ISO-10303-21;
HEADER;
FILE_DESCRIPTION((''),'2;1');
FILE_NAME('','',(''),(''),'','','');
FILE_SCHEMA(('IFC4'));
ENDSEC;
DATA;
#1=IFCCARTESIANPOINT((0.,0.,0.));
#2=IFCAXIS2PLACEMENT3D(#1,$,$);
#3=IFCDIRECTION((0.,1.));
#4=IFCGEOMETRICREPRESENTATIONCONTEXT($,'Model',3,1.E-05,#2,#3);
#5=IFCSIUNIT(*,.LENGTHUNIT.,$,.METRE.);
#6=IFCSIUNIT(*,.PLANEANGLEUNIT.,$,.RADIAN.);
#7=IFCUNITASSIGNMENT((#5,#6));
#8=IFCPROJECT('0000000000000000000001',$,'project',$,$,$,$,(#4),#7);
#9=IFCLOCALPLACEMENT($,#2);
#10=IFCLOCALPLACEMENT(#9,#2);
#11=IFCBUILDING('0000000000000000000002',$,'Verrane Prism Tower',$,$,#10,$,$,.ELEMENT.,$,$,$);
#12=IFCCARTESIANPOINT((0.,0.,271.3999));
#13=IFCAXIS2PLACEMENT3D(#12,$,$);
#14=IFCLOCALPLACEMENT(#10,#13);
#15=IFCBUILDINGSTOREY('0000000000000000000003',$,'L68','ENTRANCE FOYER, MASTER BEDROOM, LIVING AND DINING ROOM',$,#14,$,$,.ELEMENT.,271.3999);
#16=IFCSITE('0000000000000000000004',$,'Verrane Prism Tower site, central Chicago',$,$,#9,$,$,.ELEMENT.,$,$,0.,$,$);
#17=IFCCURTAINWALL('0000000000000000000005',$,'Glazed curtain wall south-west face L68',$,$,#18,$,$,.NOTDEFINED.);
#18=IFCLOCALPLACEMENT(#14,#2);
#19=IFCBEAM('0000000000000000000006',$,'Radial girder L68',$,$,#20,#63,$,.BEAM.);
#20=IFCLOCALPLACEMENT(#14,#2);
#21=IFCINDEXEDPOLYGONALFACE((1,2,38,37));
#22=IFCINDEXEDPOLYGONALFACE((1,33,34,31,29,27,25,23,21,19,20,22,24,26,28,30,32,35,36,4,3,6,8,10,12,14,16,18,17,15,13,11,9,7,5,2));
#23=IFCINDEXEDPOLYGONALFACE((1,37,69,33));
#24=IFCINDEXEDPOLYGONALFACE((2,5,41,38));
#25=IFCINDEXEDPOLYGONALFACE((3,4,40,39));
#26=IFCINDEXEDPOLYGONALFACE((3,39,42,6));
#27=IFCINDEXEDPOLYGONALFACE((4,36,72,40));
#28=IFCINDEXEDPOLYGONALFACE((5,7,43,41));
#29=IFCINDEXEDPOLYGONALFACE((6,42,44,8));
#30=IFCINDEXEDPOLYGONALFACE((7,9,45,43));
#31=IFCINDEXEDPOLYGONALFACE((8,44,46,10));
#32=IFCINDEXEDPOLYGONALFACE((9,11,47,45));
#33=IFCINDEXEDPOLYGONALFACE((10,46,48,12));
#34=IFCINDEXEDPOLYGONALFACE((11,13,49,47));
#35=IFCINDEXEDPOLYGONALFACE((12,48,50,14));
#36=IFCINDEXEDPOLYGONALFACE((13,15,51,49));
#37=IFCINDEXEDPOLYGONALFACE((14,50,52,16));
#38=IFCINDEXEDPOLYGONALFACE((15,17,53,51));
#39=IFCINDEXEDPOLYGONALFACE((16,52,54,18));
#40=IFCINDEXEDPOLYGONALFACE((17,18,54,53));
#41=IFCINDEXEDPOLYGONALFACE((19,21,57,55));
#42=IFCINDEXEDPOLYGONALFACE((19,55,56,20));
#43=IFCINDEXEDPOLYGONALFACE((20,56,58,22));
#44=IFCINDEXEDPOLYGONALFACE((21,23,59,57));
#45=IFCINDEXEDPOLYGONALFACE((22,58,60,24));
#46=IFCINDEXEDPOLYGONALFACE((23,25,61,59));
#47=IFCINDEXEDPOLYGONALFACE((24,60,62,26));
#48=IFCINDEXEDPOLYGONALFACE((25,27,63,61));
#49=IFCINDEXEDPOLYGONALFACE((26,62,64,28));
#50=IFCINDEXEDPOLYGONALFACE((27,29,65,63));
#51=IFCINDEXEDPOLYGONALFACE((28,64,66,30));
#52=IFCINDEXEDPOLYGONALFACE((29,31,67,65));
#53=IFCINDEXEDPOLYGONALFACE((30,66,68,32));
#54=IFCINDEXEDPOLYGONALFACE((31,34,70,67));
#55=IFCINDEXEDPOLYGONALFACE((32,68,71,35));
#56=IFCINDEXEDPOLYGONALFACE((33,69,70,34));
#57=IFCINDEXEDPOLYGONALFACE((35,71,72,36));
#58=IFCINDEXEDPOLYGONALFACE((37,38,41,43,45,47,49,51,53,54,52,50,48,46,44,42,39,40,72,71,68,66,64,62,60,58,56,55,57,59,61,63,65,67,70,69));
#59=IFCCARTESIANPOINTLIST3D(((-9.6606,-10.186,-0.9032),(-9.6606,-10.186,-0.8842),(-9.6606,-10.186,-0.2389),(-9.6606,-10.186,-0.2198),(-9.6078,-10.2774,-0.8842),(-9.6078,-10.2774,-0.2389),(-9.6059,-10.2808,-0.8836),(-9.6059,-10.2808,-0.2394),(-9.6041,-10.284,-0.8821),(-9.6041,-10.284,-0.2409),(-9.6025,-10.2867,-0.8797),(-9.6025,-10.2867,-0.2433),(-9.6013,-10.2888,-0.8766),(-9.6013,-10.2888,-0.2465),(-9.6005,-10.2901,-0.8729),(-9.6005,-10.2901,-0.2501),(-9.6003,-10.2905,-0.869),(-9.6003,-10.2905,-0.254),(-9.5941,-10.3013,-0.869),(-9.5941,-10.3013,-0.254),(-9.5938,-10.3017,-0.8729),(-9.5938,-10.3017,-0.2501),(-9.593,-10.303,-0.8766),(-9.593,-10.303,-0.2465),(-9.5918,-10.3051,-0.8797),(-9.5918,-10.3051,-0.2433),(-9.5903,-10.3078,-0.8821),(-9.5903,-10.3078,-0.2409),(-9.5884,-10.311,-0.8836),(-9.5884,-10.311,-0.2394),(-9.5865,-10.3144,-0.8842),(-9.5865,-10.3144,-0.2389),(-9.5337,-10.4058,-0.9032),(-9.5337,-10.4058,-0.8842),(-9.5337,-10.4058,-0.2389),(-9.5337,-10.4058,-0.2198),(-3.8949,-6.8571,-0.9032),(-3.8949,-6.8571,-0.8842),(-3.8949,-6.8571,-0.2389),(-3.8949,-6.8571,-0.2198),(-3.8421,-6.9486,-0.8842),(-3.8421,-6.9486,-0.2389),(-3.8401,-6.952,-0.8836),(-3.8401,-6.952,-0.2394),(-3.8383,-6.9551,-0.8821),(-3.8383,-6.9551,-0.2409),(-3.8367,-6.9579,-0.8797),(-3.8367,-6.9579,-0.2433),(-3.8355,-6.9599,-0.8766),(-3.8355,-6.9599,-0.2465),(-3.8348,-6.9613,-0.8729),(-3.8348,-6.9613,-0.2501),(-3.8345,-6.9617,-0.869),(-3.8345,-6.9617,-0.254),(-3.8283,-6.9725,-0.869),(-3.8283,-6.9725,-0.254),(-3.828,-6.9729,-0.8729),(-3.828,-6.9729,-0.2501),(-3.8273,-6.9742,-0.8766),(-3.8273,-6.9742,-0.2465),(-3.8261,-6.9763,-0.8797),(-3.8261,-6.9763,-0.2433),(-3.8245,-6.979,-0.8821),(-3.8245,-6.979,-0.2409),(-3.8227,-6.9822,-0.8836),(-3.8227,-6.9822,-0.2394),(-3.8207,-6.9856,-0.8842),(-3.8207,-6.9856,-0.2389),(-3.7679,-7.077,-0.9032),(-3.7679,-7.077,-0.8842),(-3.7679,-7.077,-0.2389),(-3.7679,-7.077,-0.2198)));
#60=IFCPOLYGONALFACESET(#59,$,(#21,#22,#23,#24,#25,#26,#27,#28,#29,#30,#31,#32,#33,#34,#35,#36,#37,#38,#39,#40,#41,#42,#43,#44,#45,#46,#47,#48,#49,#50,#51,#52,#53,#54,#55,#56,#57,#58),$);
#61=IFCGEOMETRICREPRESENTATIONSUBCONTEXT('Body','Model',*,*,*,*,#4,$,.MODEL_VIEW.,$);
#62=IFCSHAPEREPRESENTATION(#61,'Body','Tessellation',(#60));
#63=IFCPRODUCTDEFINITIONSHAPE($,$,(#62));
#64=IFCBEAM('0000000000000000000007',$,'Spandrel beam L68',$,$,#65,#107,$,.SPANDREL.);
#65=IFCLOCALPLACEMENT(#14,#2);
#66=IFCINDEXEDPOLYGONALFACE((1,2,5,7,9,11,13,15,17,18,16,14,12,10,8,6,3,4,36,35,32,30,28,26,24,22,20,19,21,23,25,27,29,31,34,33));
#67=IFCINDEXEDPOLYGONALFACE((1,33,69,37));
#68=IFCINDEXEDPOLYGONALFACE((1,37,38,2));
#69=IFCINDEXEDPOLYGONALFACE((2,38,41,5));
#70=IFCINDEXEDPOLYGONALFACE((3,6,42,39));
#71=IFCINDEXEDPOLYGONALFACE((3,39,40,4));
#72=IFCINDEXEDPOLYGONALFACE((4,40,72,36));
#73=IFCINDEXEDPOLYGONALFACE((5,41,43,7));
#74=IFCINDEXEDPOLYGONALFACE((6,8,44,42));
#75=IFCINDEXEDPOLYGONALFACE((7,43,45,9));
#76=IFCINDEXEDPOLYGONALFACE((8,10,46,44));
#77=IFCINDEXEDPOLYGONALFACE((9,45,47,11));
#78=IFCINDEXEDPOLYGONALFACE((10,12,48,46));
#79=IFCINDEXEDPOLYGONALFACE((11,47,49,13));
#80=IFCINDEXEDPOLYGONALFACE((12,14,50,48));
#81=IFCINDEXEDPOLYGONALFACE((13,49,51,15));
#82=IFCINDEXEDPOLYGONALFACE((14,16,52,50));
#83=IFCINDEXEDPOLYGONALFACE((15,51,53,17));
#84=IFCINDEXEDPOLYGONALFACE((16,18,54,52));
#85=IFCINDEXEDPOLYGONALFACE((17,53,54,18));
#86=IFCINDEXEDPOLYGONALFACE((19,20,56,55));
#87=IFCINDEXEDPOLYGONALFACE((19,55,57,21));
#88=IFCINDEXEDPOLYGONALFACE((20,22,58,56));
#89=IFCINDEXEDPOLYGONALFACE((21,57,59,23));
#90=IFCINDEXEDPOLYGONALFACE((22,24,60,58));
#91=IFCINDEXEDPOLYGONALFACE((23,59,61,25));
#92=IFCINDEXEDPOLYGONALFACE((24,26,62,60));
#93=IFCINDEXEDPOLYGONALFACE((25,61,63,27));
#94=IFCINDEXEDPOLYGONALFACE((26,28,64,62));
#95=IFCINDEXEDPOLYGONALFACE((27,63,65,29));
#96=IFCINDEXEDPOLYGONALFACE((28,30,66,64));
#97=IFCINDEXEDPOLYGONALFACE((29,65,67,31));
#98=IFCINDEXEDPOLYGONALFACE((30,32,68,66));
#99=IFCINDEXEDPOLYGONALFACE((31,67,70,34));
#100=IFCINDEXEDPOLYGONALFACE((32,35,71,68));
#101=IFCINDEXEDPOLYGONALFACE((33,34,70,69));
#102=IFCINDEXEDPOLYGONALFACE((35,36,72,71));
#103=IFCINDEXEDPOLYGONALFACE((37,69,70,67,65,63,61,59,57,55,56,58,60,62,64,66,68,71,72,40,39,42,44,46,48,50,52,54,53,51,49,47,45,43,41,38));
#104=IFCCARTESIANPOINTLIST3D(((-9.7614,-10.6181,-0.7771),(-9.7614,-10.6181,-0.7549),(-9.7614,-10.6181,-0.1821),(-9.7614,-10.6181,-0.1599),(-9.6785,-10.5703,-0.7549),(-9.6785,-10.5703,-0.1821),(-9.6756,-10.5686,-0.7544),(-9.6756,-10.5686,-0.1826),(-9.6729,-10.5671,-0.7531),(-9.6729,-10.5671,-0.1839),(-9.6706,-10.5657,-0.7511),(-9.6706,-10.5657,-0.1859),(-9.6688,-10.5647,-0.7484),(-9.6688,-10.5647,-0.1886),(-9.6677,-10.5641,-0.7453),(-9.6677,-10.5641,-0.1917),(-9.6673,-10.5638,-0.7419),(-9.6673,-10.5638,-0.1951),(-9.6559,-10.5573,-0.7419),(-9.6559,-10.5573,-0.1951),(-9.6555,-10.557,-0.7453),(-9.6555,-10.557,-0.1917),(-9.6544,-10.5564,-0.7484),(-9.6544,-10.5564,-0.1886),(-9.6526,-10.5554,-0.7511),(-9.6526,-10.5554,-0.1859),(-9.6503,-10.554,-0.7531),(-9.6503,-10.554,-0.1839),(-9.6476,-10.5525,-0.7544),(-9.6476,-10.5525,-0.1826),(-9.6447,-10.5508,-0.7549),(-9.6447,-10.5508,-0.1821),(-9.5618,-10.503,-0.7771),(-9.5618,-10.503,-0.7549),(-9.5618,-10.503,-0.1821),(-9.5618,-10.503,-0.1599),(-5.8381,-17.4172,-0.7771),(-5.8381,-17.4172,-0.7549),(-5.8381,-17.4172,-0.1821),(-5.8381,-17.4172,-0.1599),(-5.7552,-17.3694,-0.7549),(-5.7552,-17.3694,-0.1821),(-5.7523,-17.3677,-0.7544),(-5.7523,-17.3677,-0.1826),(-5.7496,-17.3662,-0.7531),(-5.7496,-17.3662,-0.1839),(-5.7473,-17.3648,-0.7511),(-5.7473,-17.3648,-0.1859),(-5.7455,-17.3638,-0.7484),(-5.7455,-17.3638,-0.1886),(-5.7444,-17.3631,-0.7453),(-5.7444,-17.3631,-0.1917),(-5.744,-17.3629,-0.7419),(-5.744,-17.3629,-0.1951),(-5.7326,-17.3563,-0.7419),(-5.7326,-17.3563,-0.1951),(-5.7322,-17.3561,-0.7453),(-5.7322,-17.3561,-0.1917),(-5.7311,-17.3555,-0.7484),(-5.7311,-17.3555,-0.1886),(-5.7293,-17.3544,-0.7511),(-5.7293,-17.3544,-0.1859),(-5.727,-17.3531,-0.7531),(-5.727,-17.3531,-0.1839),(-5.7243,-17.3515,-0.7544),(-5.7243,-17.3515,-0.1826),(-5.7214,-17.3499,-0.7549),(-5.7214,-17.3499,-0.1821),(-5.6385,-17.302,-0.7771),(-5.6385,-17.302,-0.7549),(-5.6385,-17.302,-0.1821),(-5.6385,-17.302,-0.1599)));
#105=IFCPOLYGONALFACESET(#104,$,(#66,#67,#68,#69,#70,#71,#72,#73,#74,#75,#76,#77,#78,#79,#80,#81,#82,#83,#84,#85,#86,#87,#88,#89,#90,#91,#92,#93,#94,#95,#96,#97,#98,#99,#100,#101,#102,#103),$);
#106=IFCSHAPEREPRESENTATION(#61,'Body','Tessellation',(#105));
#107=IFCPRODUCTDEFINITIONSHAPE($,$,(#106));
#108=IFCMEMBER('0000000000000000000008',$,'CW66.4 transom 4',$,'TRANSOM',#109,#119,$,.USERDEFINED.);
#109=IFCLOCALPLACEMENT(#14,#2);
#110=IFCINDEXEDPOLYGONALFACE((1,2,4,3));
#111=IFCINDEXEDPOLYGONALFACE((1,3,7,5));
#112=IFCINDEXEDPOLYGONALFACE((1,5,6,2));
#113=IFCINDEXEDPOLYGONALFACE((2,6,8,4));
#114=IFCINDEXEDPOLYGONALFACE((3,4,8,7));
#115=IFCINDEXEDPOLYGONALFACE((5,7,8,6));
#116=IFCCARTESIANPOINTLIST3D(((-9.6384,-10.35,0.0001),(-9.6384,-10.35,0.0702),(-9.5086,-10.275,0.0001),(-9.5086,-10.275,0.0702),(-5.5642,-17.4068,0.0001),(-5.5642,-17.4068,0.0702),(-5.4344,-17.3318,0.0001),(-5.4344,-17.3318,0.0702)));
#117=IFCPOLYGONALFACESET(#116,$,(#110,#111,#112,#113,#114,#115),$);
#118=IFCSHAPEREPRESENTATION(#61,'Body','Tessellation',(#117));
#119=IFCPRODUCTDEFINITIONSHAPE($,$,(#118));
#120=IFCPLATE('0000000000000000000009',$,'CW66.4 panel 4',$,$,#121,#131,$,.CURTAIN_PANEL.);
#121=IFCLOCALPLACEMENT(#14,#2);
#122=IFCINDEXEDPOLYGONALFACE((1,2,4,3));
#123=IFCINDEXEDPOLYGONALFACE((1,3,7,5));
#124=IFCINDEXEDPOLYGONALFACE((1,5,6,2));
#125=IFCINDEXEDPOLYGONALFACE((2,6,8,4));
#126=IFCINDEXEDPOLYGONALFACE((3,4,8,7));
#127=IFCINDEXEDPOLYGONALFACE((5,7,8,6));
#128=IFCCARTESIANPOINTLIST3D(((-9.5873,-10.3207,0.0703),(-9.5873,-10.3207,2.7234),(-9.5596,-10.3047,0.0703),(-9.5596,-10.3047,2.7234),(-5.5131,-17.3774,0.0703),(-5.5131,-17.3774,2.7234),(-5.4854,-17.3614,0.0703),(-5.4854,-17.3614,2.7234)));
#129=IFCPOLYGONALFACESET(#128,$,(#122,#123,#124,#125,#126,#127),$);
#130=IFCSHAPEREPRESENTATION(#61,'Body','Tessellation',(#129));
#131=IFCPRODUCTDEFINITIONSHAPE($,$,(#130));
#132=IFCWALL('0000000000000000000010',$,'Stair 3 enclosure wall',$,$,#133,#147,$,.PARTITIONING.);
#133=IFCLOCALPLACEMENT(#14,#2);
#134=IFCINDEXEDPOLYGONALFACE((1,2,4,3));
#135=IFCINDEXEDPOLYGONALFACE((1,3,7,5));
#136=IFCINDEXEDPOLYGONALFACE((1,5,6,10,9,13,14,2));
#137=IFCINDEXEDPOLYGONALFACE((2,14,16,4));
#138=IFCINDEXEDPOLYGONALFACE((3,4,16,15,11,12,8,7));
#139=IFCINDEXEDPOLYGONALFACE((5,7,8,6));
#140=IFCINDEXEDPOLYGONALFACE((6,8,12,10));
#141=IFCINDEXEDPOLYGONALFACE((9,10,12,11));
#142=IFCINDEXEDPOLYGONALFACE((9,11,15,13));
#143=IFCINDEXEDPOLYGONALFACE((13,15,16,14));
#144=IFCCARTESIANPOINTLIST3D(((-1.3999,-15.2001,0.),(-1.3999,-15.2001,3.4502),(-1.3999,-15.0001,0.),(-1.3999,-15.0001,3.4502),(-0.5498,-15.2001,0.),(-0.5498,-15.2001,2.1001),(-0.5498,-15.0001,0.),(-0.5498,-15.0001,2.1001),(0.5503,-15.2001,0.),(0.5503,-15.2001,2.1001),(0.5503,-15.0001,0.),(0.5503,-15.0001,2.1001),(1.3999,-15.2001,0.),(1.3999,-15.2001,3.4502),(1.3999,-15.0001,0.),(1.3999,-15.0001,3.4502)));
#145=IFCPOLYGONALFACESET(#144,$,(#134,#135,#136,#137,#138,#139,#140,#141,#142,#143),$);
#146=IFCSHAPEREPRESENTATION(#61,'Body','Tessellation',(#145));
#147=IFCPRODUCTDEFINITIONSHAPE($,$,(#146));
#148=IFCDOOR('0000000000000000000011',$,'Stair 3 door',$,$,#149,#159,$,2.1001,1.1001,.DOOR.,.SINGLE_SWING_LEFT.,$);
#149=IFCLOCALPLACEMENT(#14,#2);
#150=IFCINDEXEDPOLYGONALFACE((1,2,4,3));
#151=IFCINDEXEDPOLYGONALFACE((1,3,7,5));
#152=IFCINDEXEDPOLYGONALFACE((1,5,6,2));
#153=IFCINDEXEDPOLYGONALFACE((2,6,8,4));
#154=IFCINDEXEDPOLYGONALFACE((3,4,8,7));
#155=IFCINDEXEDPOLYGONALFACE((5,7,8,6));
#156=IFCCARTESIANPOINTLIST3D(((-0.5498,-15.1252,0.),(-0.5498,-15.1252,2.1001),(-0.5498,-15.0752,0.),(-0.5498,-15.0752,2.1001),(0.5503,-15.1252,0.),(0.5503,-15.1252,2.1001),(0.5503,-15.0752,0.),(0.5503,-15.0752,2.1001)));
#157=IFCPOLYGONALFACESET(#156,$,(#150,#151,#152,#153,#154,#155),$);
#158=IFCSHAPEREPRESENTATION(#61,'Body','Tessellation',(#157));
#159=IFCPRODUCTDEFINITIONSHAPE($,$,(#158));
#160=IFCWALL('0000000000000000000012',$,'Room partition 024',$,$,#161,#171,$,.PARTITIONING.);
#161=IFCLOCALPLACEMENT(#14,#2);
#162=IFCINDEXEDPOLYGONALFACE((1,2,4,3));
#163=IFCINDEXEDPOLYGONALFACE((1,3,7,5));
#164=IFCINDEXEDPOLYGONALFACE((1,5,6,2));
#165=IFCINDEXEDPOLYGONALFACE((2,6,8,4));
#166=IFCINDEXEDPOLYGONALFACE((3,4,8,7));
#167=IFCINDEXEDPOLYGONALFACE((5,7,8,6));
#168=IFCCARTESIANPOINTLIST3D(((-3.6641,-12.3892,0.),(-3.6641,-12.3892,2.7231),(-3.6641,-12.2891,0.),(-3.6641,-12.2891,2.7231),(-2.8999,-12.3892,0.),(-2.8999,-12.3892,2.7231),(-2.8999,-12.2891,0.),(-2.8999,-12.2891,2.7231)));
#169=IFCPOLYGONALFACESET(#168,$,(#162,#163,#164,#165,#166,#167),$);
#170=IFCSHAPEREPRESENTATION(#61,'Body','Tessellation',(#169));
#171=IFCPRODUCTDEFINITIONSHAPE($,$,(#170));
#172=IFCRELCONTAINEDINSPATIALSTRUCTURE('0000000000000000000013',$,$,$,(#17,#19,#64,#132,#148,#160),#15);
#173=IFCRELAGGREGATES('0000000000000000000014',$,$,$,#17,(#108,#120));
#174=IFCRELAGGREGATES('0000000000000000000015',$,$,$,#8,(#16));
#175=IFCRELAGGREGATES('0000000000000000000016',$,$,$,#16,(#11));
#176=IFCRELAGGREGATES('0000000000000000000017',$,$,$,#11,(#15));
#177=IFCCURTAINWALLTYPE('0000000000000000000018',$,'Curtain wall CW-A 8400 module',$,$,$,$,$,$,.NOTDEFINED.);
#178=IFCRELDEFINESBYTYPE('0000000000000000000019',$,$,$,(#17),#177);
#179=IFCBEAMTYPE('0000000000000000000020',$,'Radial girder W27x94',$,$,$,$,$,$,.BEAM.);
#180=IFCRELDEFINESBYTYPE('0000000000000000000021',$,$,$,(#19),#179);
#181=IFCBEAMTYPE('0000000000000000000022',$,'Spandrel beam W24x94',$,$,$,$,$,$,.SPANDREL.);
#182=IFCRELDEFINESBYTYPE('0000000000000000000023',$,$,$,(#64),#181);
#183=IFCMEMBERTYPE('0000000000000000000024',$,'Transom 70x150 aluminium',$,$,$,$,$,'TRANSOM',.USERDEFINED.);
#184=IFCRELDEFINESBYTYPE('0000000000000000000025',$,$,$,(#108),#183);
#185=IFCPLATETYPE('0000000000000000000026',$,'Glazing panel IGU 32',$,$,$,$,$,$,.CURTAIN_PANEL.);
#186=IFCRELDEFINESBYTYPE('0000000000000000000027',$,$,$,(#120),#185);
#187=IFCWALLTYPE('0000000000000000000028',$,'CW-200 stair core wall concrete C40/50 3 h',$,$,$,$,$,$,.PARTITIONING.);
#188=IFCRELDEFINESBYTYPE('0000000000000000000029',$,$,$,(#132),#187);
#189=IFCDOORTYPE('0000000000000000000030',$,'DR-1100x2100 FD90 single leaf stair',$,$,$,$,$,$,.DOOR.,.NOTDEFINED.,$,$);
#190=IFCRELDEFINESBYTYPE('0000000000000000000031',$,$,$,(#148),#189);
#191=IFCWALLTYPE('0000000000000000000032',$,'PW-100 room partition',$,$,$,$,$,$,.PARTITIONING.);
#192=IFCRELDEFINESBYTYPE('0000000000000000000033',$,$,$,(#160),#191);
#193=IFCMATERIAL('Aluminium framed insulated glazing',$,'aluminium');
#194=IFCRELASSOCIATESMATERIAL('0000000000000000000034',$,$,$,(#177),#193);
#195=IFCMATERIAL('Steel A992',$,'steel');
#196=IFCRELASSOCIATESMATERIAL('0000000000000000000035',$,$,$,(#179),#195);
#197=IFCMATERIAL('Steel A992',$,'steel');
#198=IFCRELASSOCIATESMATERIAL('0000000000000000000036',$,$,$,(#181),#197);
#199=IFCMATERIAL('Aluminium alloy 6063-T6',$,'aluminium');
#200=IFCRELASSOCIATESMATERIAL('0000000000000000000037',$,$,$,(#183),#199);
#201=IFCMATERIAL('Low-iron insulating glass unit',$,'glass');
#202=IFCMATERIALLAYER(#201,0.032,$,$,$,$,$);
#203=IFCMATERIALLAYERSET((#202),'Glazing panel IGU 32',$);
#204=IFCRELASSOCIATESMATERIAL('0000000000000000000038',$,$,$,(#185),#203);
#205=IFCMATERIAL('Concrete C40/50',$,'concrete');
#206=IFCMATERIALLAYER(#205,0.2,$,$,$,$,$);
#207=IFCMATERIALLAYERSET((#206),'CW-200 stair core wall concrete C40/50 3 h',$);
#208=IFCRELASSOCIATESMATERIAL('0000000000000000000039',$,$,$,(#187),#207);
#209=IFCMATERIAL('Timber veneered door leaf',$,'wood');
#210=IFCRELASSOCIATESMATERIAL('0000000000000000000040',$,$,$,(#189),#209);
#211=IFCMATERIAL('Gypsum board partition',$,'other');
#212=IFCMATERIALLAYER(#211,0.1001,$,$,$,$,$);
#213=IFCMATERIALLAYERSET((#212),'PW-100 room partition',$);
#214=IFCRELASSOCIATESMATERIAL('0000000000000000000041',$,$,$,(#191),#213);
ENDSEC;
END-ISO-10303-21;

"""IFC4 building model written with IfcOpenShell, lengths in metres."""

from ifc_helpers import new_model, si_unit, direction, frame, frame_2d, origin, origin_2d, place, context, subcontext, project, spatial, rectangle, i_section, extrude, material, layer, layer_set, material_profile, profile_set, type_object, element, fill, aggregate, save


model = new_model("IFC4")

# Units and contexts
model_context = context("Model", 3, precision=1e-05, world=origin(), true_north=direction((0.0, 1.0)))
body_context = subcontext(model_context, "Body", "Model", "MODEL_VIEW")
ifc_project = project(units=[si_unit("LENGTHUNIT", "METRE"), si_unit("PLANEANGLEUNIT", "RADIAN")], contexts=[model_context])

# Site, building, storey
site_placement = place(None, origin())
site = spatial("IfcSite", under=ifc_project, at=site_placement, Name="Verrane Prism Tower site, central Chicago", CompositionType="ELEMENT", RefElevation=0.0)
building_placement = place(site_placement, origin())
building = spatial("IfcBuilding", under=site, at=building_placement, Name="Verrane Prism Tower", CompositionType="ELEMENT")
storey_placement = place(building_placement, frame((0.0, 0.0, 271.3999)))
storey = spatial("IfcBuildingStorey", under=building, at=storey_placement, Name="L68", Description="ENTRANCE FOYER, MASTER BEDROOM, LIVING AND DINING ROOM", CompositionType="ELEMENT", Elevation=271.3999)

# Curtain wall
ifc_material_1 = material(Name="Aluminium framed insulated glazing", Category="aluminium")
curtain_wall_type = type_object("IfcCurtainWallType", Name="Curtain wall CW-A 8400 module", PredefinedType="NOTDEFINED", material=ifc_material_1)
curtain_wall_placement = place(storey_placement, origin())
curtain_wall = element("IfcCurtainWall", 1, at=curtain_wall_placement, inside=storey, type_object=curtain_wall_type, Name="Glazed curtain wall south-west face L68", PredefinedType="NOTDEFINED")

# Beams
ifc_material_2 = material(Name="Steel A992", Category="steel")
ifc_material_profile_1 = material_profile(ifc_material_2, i_section(OverallWidth=0.2539, OverallDepth=0.6833, WebThickness=0.0125, FlangeThickness=0.019, FilletRadius=0.0151, at=origin_2d()), Name="W27x94")
ifc_profile_set_1 = profile_set([ifc_material_profile_1], Name="Steel A992")
beam_type_1 = type_object("IfcBeamType", Name="Radial girder W27x94", PredefinedType="BEAM", material=ifc_profile_set_1)
beam_1_placement = place(storey_placement, frame((-9.5972, -10.2959, -0.5615), z_axis=(0.86603, 0.499992, 0.0), x_axis=(-0.499992, 0.86603, 0.0)))
element("IfcBeam", 2, at=beam_1_placement, inside=storey, type_object=beam_type_1, Name="Radial girder L68", PredefinedType="BEAM", context=body_context, shape_type="SweptSolid", body=[
    extrude(i_section(OverallWidth=0.2539, OverallDepth=0.6833, WebThickness=0.0125, FlangeThickness=0.019, FilletRadius=0.0151, at=origin_2d()), origin(), (0.0, 0.0, 1.0), 6.6577),
])
ifc_material_3 = material(Name="Steel A992", Category="steel")
ifc_material_profile_2 = material_profile(ifc_material_3, i_section(OverallWidth=0.2305, OverallDepth=0.6172, WebThickness=0.0132, FlangeThickness=0.0222, FilletRadius=0.0129, at=origin_2d()), Name="W24x94")
ifc_profile_set_2 = profile_set([ifc_material_profile_2], Name="Steel A992")
beam_type_2 = type_object("IfcBeamType", Name="Spandrel beam W24x94", PredefinedType="SPANDREL", material=ifc_profile_set_2)
beam_2_placement = place(storey_placement, frame((-9.6616, -10.5605, -0.4685), z_axis=(0.499799, -0.866142, 0.0), x_axis=(0.866142, 0.499799, 0.0)))
element("IfcBeam", 3, at=beam_2_placement, inside=storey, type_object=beam_type_2, Name="Spandrel beam L68", PredefinedType="SPANDREL", context=body_context, shape_type="SweptSolid", body=[
    extrude(i_section(OverallWidth=0.2305, OverallDepth=0.6172, WebThickness=0.0132, FlangeThickness=0.0222, FilletRadius=0.0129, at=origin_2d()), origin(), (0.0, 0.0, 1.0), 7.8499),
])

# Member
ifc_material_4 = material(Name="Aluminium alloy 6063-T6", Category="aluminium")
ifc_material_profile_3 = material_profile(ifc_material_4, rectangle(XDim=0.1499, YDim=0.0701, at=origin_2d()), Name="Transom 70x150 aluminium")
ifc_profile_set_3 = profile_set([ifc_material_profile_3], Name="Aluminium alloy 6063-T6")
member_type_1 = type_object("IfcMemberType", Name="Transom 70x150 aluminium", ElementType="TRANSOM", PredefinedType="USERDEFINED", material=ifc_profile_set_3)
member_1_placement = place(storey_placement, frame((-9.5735, -10.3125, 0.0352), z_axis=(0.499993, -0.866029, 0.0), x_axis=(0.866029, 0.499993, 0.0)))
member_1 = element("IfcMember", 4, at=member_1_placement, type_object=member_type_1, Name="CW66.4 transom 4", ObjectType="TRANSOM", PredefinedType="USERDEFINED", context=body_context, shape_type="SweptSolid", body=[
    extrude(rectangle(XDim=0.1499, YDim=0.0701, at=origin_2d()), origin(), (0.0, 0.0, 1.0), 8.1484),
])

# Plate
ifc_material_5 = material(Name="Low-iron insulating glass unit", Category="glass")
ifc_layer_1 = layer(ifc_material_5, 0.032)
ifc_layer_set_1 = layer_set([ifc_layer_1], Name="Glazing panel IGU 32")
plate_type = type_object("IfcPlateType", Name="Glazing panel IGU 32", PredefinedType="CURTAIN_PANEL", material=ifc_layer_set_1)
plate_placement = place(storey_placement, frame((-7.5364, -13.8411, 0.0703), z_axis=(0.0, 0.0, 1.0), x_axis=(0.500001, -0.866025, 0.0)))
plate = element("IfcPlate", 5, at=plate_placement, type_object=plate_type, Name="CW66.4 panel 4", PredefinedType="CURTAIN_PANEL", context=body_context, shape_type="SweptSolid", body=[
    extrude(rectangle(XDim=8.1484, YDim=0.032, at=origin_2d()), origin(), (0.0, 0.0, 1.0), 2.6531),
])
aggregate(curtain_wall, [member_1, plate])

# Wall, opening, door
ifc_material_6 = material(Name="Concrete C40/50", Category="concrete")
ifc_layer_2 = layer(ifc_material_6, 0.2)
ifc_layer_set_2 = layer_set([ifc_layer_2], Name="CW-200 stair core wall concrete C40/50 3 h")
wall_type_1 = type_object("IfcWallType", Name="CW-200 stair core wall concrete C40/50 3 h", PredefinedType="PARTITIONING", material=ifc_layer_set_2)
wall_1_placement = place(storey_placement, frame((-1.3999, -15.1001, 0.0), z_axis=(0.0, 0.0, 1.0), x_axis=(1.0, 0.0, 0.0)))
wall_1 = element("IfcWall", 6, at=wall_1_placement, inside=storey, type_object=wall_type_1, Name="Stair 3 enclosure wall", PredefinedType="PARTITIONING", context=body_context, shape_type="SweptSolid", body=[
    extrude(rectangle(XDim=2.7998, YDim=0.2, at=frame_2d((1.3999, 0.0))), origin(), (0.0, 0.0, 1.0), 3.4502),
])
opening_1_placement = place(wall_1_placement, frame((0.8501, 0.0, 0.0)))
opening_1 = element("IfcOpeningElement", 7, at=opening_1_placement, cuts=wall_1, PredefinedType="OPENING", context=body_context, shape_type="SweptSolid", body=[
    extrude(rectangle(XDim=1.1001, YDim=2.1001, at=frame_2d((0.55, 1.05))), frame((0.0, 0.1099, 0.0), z_axis=(0.0, -1.0, 0.0), x_axis=(1.0, 0.0, 0.0)), (0.0, 0.0, 1.0), 0.22),
])
ifc_material_7 = material(Name="Timber veneered door leaf", Category="wood")
door_type_1 = type_object("IfcDoorType", Name="DR-1100x2100 FD90 single leaf stair", OperationType="NOTDEFINED", PredefinedType="DOOR", material=ifc_material_7)
door_1_placement = place(opening_1_placement, origin())
door_1 = element("IfcDoor", 8, at=door_1_placement, inside=storey, type_object=door_type_1, Name="Stair 3 door", OperationType="SINGLE_SWING_LEFT", OverallHeight=2.1001, OverallWidth=1.1001, PredefinedType="DOOR", context=body_context, shape_type="SweptSolid", body=[
    extrude(rectangle(XDim=1.1001, YDim=2.1001, at=frame_2d((0.55, 1.05))), frame((0.0, 0.0249, 0.0), z_axis=(0.0, -1.0, 0.0), x_axis=(1.0, 0.0, 0.0)), (0.0, 0.0, 1.0), 0.05),
])
fill(opening_1, door_1)

# Wall
ifc_material_8 = material(Name="Gypsum board partition", Category="other")
ifc_layer_3 = layer(ifc_material_8, 0.1001)
ifc_layer_set_3 = layer_set([ifc_layer_3], Name="PW-100 room partition")
wall_type_2 = type_object("IfcWallType", Name="PW-100 room partition", PredefinedType="PARTITIONING", material=ifc_layer_set_3)
wall_2_placement = place(storey_placement, frame((-3.6641, -12.3391, 0.0), z_axis=(0.0, 0.0, 1.0), x_axis=(1.0, 0.0, 0.0)))
element("IfcWall", 9, at=wall_2_placement, inside=storey, type_object=wall_type_2, Name="Room partition 024", PredefinedType="PARTITIONING", context=body_context, shape_type="SweptSolid", body=[
    extrude(rectangle(XDim=0.7642, YDim=0.1001, at=frame_2d((0.3821, 0.0))), origin(), (0.0, 0.0, 1.0), 2.7231),
])

save(model, "model.ifc")
